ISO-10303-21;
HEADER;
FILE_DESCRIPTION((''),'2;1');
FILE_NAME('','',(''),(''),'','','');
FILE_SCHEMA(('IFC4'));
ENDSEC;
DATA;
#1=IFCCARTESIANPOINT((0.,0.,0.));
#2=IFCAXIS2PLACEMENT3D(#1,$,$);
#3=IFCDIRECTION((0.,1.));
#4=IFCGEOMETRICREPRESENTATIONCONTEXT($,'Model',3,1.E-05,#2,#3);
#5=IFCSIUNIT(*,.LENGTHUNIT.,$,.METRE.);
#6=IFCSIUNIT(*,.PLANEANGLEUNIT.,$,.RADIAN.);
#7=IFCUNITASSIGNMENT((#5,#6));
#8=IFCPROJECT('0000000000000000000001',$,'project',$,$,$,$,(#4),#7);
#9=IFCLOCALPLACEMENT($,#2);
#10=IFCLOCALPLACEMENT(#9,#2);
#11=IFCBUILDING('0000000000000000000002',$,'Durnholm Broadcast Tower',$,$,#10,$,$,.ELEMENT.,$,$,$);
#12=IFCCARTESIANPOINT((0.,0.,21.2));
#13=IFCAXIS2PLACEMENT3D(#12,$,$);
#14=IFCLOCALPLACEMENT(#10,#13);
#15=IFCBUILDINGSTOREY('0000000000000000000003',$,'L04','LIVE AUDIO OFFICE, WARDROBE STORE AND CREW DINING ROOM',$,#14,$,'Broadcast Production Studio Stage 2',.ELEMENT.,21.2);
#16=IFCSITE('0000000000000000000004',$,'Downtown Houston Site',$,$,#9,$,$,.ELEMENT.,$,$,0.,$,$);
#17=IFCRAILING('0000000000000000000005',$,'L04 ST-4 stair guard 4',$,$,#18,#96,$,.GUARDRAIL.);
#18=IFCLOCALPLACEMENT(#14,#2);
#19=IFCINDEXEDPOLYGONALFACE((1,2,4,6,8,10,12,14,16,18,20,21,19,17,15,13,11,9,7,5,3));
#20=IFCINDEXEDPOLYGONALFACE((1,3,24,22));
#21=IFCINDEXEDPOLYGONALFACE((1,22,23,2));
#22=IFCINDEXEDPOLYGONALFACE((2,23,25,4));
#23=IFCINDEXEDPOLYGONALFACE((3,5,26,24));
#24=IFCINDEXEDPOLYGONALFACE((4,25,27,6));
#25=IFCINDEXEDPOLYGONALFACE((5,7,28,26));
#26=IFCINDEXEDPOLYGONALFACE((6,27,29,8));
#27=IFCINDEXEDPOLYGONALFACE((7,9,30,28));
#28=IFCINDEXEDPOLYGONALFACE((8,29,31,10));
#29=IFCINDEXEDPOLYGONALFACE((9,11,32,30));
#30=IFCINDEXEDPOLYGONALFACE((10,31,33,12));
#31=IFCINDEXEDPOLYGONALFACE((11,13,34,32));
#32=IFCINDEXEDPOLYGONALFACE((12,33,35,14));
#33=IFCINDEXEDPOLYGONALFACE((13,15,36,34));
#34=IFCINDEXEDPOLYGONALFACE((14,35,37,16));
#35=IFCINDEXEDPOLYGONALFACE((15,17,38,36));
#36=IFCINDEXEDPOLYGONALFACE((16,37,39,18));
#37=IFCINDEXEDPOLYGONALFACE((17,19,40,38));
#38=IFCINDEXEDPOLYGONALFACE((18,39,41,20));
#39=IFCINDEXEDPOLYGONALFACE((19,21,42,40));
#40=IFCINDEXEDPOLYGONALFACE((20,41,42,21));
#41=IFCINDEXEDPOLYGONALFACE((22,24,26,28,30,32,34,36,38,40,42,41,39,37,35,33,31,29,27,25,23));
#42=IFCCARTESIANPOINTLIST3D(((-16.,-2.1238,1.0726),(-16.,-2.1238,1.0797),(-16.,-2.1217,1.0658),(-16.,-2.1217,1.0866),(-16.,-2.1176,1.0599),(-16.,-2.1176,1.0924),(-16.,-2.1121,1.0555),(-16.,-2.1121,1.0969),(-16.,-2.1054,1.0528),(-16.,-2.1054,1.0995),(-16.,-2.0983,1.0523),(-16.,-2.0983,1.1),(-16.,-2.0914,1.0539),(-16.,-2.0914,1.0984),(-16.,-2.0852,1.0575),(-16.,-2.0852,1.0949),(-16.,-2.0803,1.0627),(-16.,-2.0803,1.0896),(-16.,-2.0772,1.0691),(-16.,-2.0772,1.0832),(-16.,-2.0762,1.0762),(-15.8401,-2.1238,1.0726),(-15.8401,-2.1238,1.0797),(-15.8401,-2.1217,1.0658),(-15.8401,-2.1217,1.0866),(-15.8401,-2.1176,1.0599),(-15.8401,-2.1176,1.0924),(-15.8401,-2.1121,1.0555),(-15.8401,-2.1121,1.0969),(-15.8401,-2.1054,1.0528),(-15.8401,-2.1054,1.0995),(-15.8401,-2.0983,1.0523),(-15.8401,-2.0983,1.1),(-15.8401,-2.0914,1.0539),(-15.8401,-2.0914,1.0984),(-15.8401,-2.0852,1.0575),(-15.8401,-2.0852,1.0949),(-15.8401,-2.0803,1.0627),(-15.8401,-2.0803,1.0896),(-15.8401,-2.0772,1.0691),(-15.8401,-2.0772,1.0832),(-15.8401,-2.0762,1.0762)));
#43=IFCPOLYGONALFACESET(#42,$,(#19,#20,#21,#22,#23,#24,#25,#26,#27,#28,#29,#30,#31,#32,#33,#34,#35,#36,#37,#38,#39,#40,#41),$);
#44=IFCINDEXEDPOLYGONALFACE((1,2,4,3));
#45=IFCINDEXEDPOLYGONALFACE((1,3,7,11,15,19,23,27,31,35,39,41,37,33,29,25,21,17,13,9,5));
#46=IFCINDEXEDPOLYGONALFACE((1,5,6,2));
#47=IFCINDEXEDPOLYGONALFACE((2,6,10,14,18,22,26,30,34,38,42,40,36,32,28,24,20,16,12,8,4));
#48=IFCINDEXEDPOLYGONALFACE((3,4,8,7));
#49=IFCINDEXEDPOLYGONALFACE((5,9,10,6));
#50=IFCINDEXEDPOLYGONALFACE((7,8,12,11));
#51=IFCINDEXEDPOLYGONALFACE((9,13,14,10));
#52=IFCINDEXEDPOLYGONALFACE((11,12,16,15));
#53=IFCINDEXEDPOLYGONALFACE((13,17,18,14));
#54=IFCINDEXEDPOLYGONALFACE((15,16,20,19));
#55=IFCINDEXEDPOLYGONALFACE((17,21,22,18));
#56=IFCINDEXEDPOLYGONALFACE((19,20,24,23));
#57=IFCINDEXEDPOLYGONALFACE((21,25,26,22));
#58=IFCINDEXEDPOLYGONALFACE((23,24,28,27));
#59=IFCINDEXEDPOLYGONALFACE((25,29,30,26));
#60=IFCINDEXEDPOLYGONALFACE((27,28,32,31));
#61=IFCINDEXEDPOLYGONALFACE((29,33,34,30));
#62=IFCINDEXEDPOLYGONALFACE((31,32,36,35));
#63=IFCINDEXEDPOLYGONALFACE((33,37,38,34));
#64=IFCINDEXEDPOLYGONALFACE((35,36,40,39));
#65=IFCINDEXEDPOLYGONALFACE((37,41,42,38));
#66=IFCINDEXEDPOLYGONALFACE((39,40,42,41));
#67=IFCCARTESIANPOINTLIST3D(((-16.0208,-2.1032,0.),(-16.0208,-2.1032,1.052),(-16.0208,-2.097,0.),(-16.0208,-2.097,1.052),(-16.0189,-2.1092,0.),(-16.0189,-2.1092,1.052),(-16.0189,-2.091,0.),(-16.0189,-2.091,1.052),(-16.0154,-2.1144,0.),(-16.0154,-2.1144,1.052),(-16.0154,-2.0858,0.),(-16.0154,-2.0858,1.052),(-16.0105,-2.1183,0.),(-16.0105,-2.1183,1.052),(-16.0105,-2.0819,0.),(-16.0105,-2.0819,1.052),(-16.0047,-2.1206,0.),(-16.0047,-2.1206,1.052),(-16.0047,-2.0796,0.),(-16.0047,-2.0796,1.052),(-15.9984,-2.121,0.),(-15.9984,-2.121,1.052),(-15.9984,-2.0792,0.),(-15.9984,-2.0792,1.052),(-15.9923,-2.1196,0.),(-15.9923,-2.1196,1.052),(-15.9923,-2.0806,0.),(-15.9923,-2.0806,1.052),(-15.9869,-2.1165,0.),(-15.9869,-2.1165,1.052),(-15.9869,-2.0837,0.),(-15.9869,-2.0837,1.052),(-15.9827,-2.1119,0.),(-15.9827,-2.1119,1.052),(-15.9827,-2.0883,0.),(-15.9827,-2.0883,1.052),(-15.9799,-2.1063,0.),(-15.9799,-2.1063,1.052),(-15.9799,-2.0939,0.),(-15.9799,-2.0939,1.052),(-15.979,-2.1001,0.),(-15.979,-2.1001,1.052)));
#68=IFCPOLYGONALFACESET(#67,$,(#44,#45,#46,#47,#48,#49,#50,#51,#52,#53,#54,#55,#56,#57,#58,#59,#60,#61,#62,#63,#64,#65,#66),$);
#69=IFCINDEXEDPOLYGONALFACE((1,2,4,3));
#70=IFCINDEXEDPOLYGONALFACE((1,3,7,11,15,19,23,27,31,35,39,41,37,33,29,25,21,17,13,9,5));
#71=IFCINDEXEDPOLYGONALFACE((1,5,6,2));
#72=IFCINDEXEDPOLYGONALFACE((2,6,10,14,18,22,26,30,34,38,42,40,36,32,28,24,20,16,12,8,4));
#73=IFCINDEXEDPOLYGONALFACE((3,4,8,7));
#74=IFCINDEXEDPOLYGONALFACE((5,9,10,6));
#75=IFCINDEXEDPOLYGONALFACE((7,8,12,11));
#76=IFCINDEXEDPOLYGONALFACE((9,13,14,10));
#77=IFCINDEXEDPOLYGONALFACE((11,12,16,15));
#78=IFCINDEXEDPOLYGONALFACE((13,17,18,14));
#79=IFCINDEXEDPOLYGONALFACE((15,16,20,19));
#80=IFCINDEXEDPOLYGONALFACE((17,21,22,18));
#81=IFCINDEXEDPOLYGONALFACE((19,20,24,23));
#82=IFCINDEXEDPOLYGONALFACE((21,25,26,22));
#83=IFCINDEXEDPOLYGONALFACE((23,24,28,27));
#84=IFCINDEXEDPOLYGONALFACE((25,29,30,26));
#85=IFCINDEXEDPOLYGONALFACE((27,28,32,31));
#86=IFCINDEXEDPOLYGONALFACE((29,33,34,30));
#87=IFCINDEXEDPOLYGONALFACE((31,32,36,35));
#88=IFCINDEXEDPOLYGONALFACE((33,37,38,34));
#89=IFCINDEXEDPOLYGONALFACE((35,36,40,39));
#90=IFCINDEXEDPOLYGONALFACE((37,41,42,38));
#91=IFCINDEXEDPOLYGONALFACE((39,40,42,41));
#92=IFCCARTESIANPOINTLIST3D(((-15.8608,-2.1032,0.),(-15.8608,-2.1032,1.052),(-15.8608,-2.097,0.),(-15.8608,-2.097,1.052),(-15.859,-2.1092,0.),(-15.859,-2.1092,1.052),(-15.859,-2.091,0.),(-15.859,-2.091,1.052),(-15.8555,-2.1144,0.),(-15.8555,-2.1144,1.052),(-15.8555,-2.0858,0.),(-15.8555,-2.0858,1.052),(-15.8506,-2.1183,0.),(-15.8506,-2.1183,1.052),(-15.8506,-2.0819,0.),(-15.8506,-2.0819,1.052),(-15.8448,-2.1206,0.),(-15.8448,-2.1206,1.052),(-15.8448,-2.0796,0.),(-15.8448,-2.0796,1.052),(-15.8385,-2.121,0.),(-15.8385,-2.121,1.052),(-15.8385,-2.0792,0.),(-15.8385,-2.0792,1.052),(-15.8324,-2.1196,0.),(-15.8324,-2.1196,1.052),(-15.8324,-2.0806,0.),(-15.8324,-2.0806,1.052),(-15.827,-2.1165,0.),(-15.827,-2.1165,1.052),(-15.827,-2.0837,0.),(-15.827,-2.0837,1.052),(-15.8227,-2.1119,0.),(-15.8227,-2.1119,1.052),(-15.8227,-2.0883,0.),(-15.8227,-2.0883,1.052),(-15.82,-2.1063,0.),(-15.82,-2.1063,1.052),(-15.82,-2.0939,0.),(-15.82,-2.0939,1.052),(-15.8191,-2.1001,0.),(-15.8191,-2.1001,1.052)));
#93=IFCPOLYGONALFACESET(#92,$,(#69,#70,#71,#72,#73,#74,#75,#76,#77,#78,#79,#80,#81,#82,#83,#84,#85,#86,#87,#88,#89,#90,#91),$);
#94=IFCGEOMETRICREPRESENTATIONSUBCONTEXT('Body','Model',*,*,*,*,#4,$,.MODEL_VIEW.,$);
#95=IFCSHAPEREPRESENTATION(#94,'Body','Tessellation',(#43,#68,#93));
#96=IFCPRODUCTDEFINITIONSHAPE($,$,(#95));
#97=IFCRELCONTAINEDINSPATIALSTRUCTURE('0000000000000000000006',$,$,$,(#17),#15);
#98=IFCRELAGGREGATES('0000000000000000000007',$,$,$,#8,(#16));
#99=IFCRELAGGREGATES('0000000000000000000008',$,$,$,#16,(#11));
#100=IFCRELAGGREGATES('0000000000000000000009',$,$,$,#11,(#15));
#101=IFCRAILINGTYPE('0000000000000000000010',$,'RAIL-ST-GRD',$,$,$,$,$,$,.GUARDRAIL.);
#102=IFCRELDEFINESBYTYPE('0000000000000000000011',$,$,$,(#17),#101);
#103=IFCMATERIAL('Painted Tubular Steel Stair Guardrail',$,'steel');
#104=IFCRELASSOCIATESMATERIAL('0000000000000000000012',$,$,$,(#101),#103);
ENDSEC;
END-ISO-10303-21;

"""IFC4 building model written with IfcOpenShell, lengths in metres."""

from ifc_helpers import new_model, si_unit, direction, frame, origin, origin_2d, place, context, subcontext, project, spatial, circle, extrude, material, type_object, element, save


model = new_model("IFC4")

# Units and contexts
model_context = context("Model", 3, precision=1e-05, world=origin(), true_north=direction((0.0, 1.0)))
body_context = subcontext(model_context, "Body", "Model", "MODEL_VIEW")
ifc_project = project(units=[si_unit("LENGTHUNIT", "METRE"), si_unit("PLANEANGLEUNIT", "RADIAN")], contexts=[model_context])

# Site, building, storey
site_placement = place(None, origin())
site = spatial("IfcSite", under=ifc_project, at=site_placement, Name="Downtown Houston Site", CompositionType="ELEMENT", RefElevation=0.0)
building_placement = place(site_placement, origin())
building = spatial("IfcBuilding", under=site, at=building_placement, Name="Durnholm Broadcast Tower", CompositionType="ELEMENT")
storey_placement = place(building_placement, frame((0.0, 0.0, 21.2)))
storey = spatial("IfcBuildingStorey", under=building, at=storey_placement, Name="L04", Description="LIVE AUDIO OFFICE, WARDROBE STORE AND CREW DINING ROOM", LongName="Broadcast Production Studio Stage 2", CompositionType="ELEMENT", Elevation=21.2)

# Railing
ifc_material_1 = material(Name="Painted Tubular Steel Stair Guardrail", Category="steel")
railing_type_1 = type_object("IfcRailingType", Name="RAIL-ST-GRD", PredefinedType="GUARDRAIL", material=ifc_material_1)
railing_1_placement = place(storey_placement, frame((-16.0, -2.1001, 0.0)))
element("IfcRailing", 1, at=railing_1_placement, inside=storey, type_object=railing_type_1, Name="L04 ST-4 stair guard 4", PredefinedType="GUARDRAIL", context=body_context, shape_type="SweptSolid", body=[
    extrude(circle(Radius=0.0239, at=origin_2d()), frame((0.0, 0.0, 1.0762), z_axis=(1.0, 0.0, 0.0), x_axis=(0.0, 1.0, 0.0)), (0.0, 0.0, 1.0), 0.1599),
    extrude(circle(Radius=0.021, at=origin_2d()), origin(), (0.0, 0.0, 1.0), 1.052),
    extrude(circle(Radius=0.021, at=origin_2d()), frame((0.1599, 0.0, 0.0)), (0.0, 0.0, 1.0), 1.052),
])

save(model, "model.ifc")
